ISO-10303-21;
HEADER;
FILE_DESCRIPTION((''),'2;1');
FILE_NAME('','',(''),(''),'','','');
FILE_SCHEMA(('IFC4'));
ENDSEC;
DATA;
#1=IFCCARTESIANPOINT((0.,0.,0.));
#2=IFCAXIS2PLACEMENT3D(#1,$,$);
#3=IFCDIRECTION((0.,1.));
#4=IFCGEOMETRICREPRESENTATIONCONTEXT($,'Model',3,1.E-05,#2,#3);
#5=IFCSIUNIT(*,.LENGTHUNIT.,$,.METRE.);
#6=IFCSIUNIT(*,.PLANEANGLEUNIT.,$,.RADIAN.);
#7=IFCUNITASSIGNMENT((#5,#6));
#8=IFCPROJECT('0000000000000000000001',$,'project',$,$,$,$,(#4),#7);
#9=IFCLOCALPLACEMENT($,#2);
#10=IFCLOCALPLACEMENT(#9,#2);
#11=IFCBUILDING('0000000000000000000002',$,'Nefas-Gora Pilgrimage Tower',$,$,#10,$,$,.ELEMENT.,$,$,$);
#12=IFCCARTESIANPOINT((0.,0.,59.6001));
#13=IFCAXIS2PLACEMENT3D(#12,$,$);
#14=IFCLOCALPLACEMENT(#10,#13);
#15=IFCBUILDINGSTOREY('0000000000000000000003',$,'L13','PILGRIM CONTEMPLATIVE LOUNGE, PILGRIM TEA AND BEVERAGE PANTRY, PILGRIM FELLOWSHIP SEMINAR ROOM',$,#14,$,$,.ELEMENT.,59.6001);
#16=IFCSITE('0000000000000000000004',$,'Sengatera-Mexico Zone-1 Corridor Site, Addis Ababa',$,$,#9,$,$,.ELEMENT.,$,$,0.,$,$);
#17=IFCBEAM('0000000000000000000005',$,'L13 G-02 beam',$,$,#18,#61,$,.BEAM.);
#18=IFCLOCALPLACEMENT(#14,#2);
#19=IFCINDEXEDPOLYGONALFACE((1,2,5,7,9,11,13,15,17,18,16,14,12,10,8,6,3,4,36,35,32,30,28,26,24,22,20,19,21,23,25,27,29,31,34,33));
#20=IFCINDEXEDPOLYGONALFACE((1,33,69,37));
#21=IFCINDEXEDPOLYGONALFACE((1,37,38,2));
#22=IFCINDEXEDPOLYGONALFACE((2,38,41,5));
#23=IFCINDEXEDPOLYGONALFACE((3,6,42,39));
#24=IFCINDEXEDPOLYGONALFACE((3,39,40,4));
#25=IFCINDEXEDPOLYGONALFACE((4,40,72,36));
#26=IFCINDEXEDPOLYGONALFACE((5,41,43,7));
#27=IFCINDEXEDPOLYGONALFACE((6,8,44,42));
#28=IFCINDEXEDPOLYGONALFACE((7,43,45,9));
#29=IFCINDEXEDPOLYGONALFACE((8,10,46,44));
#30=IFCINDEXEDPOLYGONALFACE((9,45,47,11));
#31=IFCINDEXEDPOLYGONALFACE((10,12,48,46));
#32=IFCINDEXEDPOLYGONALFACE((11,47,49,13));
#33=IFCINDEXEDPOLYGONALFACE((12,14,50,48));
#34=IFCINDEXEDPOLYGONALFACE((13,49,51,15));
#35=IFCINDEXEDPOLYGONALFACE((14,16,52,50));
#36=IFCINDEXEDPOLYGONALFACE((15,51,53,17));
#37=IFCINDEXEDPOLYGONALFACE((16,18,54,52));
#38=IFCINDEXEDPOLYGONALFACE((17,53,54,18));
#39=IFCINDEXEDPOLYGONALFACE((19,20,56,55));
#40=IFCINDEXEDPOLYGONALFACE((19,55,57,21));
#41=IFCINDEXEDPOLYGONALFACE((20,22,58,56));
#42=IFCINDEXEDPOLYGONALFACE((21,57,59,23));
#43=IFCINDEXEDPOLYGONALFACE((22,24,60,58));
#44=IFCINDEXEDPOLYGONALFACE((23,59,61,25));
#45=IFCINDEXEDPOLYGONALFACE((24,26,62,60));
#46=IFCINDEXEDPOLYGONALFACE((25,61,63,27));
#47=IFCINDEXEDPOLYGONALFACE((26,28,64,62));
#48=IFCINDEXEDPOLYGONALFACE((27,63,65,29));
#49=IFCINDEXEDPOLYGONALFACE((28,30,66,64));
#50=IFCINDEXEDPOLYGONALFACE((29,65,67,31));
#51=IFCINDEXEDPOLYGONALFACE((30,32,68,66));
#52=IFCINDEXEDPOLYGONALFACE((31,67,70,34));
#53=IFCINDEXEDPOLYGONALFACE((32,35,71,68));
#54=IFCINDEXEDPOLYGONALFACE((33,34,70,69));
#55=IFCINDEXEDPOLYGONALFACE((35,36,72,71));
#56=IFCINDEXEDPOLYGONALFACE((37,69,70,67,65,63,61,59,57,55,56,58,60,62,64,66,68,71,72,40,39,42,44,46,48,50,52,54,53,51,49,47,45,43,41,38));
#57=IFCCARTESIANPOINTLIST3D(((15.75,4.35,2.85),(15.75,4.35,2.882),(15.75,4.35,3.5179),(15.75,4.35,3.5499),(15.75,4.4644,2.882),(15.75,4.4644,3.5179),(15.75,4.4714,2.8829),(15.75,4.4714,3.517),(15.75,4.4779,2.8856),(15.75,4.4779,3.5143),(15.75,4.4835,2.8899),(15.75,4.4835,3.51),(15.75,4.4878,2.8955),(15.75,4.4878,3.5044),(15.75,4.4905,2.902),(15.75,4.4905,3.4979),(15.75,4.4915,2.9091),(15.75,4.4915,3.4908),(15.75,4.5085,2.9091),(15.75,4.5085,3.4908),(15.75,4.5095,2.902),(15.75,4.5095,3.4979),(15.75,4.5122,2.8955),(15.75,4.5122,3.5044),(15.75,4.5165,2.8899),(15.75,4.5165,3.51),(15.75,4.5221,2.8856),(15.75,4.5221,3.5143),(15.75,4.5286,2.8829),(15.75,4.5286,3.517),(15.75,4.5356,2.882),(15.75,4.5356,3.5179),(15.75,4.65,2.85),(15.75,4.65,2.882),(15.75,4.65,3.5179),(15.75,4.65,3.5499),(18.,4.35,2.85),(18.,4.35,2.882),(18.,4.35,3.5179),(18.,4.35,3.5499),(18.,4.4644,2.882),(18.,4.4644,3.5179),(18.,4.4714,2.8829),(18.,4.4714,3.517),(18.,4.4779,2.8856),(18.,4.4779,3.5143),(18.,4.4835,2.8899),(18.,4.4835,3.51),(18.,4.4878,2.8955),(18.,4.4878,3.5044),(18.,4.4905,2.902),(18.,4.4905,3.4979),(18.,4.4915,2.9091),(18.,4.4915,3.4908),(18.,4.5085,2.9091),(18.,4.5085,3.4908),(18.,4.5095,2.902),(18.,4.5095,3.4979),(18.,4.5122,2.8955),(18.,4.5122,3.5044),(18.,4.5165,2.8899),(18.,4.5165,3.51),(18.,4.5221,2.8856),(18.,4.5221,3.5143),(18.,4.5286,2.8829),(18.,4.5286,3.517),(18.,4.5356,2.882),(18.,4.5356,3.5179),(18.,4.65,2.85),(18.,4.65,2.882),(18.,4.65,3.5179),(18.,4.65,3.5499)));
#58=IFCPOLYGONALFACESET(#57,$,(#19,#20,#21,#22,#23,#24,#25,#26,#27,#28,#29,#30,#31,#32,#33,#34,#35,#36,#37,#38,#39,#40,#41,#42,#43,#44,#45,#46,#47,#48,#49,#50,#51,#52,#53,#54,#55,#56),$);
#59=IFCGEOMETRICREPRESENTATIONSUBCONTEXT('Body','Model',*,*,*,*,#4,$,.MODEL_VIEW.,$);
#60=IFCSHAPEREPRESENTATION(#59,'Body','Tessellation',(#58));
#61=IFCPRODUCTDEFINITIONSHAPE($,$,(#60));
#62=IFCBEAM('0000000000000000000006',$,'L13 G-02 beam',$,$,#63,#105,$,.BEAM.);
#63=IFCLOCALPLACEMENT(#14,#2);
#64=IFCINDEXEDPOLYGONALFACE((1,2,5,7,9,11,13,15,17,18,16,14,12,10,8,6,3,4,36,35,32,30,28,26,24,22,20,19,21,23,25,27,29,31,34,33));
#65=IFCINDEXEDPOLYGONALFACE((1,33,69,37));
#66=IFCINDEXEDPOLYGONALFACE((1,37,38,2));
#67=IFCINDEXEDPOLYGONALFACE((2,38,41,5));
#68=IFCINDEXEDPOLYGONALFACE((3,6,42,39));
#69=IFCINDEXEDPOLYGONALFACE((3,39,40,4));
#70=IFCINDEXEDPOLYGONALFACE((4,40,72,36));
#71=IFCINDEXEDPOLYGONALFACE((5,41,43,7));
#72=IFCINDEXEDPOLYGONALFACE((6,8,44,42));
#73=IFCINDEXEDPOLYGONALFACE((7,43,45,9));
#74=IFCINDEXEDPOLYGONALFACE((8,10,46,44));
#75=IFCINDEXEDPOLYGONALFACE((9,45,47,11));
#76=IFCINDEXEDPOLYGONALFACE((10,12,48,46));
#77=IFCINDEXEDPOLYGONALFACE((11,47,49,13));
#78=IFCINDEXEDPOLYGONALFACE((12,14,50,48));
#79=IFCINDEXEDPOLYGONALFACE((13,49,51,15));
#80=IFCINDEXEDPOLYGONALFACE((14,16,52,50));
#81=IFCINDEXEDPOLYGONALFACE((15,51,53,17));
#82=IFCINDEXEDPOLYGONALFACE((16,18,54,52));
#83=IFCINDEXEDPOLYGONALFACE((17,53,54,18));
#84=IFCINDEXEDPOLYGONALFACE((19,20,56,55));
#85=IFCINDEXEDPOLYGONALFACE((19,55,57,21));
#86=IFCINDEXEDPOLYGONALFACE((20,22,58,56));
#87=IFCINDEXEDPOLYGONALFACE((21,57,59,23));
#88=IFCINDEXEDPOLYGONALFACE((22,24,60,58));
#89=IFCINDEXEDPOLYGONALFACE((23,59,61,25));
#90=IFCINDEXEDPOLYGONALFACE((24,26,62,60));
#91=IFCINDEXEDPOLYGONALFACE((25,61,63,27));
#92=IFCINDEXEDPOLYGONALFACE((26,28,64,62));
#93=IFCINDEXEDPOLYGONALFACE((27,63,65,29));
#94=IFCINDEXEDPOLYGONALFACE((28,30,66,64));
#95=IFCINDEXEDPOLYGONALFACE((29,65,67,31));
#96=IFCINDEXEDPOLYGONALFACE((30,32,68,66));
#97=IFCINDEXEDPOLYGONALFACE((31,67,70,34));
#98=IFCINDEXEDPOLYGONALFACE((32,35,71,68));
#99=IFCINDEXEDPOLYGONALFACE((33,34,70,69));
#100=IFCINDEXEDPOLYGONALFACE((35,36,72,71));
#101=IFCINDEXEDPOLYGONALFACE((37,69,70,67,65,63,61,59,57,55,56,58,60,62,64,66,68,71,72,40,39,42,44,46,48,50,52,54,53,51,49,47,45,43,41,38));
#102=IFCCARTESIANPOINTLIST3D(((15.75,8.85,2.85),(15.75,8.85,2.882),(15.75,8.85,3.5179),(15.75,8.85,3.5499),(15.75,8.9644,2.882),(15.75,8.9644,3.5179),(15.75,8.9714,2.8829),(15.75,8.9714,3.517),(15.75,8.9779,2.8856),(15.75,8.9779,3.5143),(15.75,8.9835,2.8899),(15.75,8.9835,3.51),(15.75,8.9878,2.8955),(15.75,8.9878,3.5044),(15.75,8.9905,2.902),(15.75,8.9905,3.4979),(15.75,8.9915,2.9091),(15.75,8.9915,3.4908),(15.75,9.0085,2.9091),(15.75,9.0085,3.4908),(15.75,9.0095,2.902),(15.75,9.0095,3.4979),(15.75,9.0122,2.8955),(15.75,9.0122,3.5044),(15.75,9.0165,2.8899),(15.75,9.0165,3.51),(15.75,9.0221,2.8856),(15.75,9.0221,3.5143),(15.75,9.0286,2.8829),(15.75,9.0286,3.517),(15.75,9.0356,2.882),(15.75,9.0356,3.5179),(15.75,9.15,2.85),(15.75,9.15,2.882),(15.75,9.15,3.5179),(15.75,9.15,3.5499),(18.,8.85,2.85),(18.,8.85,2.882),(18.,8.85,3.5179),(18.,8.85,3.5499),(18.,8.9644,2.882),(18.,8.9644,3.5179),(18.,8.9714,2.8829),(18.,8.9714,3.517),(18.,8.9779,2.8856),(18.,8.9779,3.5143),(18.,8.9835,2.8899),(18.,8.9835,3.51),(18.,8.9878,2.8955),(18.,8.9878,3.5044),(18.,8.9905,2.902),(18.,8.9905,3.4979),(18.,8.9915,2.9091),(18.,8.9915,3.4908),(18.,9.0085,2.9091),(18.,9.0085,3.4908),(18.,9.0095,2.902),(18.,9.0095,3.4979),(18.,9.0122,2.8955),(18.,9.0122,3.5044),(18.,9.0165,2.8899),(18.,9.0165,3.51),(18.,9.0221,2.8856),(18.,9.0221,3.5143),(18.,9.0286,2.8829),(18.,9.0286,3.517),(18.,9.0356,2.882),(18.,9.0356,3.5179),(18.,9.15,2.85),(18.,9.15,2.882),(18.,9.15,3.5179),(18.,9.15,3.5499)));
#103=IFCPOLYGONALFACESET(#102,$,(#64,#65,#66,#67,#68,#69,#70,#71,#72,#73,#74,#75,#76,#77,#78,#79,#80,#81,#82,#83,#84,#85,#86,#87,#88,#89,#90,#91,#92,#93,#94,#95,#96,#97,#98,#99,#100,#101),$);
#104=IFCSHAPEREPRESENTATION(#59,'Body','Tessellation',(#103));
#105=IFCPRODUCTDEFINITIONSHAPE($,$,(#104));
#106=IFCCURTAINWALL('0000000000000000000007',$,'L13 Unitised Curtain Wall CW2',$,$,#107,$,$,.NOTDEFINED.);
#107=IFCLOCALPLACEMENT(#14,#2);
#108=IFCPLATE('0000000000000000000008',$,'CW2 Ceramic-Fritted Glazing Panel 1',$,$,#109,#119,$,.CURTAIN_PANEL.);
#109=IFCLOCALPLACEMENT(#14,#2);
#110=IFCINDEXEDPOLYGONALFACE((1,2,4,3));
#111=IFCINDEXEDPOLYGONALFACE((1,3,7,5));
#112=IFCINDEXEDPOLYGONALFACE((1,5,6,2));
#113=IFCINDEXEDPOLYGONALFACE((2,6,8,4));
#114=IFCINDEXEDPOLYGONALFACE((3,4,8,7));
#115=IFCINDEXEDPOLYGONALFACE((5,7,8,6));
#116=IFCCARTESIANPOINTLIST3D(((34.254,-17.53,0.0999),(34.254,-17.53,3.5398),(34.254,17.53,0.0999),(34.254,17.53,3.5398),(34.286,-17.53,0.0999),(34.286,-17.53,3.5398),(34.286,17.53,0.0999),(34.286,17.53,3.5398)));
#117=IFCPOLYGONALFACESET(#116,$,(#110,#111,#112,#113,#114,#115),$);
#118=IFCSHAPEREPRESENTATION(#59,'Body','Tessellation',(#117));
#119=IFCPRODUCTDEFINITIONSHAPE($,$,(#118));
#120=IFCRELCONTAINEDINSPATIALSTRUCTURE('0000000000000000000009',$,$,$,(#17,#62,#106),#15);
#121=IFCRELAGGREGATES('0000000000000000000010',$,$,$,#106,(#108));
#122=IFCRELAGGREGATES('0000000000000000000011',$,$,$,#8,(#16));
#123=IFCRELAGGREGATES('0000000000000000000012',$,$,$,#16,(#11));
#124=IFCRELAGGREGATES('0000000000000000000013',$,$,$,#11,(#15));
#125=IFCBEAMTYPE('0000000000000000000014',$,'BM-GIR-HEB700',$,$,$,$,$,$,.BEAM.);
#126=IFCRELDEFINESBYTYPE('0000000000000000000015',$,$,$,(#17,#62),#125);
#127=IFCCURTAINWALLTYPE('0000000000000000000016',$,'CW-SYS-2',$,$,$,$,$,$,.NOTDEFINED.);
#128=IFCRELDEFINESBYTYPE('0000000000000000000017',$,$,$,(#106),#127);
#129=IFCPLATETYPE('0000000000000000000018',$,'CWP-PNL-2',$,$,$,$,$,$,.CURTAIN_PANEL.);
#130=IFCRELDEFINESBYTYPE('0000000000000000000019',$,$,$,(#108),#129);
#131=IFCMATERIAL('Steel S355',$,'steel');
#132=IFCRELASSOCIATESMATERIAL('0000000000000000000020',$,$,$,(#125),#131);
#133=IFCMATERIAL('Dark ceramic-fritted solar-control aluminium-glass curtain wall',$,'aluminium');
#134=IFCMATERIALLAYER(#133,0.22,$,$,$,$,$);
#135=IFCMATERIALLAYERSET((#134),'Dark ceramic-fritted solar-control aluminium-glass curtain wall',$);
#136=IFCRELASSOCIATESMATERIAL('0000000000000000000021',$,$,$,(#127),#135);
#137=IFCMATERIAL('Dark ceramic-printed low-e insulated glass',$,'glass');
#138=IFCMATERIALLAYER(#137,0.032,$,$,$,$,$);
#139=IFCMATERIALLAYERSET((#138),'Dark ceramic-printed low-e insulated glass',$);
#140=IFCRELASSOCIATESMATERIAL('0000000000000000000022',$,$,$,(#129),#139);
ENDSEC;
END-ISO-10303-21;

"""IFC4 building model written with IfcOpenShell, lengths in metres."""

from ifc_helpers import new_model, si_unit, direction, frame, origin, origin_2d, place, context, subcontext, project, spatial, rectangle, i_section, extrude, source, transform, mapped, material, layer, layer_set, material_profile, profile_set, type_object, element, aggregate, save


model = new_model("IFC4")

# Units and contexts
model_context = context("Model", 3, precision=1e-05, world=origin(), true_north=direction((0.0, 1.0)))
body_context = subcontext(model_context, "Body", "Model", "MODEL_VIEW")
ifc_project = project(units=[si_unit("LENGTHUNIT", "METRE"), si_unit("PLANEANGLEUNIT", "RADIAN")], contexts=[model_context])

# Site, building, storey
site_placement = place(None, origin())
site = spatial("IfcSite", under=ifc_project, at=site_placement, Name="Sengatera-Mexico Zone-1 Corridor Site, Addis Ababa", CompositionType="ELEMENT", RefElevation=0.0)
building_placement = place(site_placement, origin())
building = spatial("IfcBuilding", under=site, at=building_placement, Name="Nefas-Gora Pilgrimage Tower", CompositionType="ELEMENT")
storey_placement = place(building_placement, frame((0.0, 0.0, 59.6001)))
storey = spatial("IfcBuildingStorey", under=building, at=storey_placement, Name="L13", Description="PILGRIM CONTEMPLATIVE LOUNGE, PILGRIM TEA AND BEVERAGE PANTRY, PILGRIM FELLOWSHIP SEMINAR ROOM", CompositionType="ELEMENT", Elevation=59.6001)

# Beams
ifc_material_1 = material(Name="Steel S355", Category="steel")
ifc_material_profile_1 = material_profile(ifc_material_1, i_section(OverallWidth=0.3, OverallDepth=0.7, WebThickness=0.0171, FlangeThickness=0.032, FilletRadius=0.0271, at=origin_2d()), Name="HEB 700")
ifc_profile_set_1 = profile_set([ifc_material_profile_1], Name="Steel S355")
beam_type_1 = type_object("IfcBeamType", Name="BM-GIR-HEB700", PredefinedType="BEAM", material=ifc_profile_set_1)
shared_shape_1 = source(origin(), body_context, "Body", "SweptSolid", [
    extrude(i_section(OverallWidth=0.3, OverallDepth=0.7, WebThickness=0.0171, FlangeThickness=0.032, FilletRadius=0.0271, at=origin_2d()), origin(), (0.0, 0.0, 1.0), 2.25),
])
for number, where, z_axis, x_axis, name in (
    (1, (15.75, 4.5, 3.2), (1.0, 0.0, 0.0), (0.0, 1.0, 0.0), "L13 G-02 beam"),
    (2, (15.75, 9.0, 3.2), (1.0, 0.0, 0.0), (0.0, 1.0, 0.0), "L13 G-02 beam"),
):
    element("IfcBeam", number, at=place(storey_placement, frame(where, z_axis=z_axis, x_axis=x_axis)), inside=storey, type_object=beam_type_1, Name=name, PredefinedType="BEAM", context=body_context, shape_type="MappedRepresentation", body=[
        mapped(shared_shape_1, transform((0.0, 0.0, 0.0), x_axis=(1.0, 0.0, 0.0), y_axis=(0.0, 1.0, 0.0), z_axis=(0.0, 0.0, 1.0), scale=1.0)),
    ])

# Curtain wall, plate
ifc_material_2 = material(Name="Dark ceramic-fritted solar-control aluminium-glass curtain wall", Category="aluminium")
ifc_layer_1 = layer(ifc_material_2, 0.22)
ifc_layer_set_1 = layer_set([ifc_layer_1], Name="Dark ceramic-fritted solar-control aluminium-glass curtain wall")
curtain_wall_type = type_object("IfcCurtainWallType", Name="CW-SYS-2", PredefinedType="NOTDEFINED", material=ifc_layer_set_1)
curtain_wall_placement = place(storey_placement, origin())
curtain_wall = element("IfcCurtainWall", 3, at=curtain_wall_placement, inside=storey, type_object=curtain_wall_type, Name="L13 Unitised Curtain Wall CW2", PredefinedType="NOTDEFINED")
ifc_material_3 = material(Name="Dark ceramic-printed low-e insulated glass", Category="glass")
ifc_layer_2 = layer(ifc_material_3, 0.032)
ifc_layer_set_2 = layer_set([ifc_layer_2], Name="Dark ceramic-printed low-e insulated glass")
plate_type = type_object("IfcPlateType", Name="CWP-PNL-2", PredefinedType="CURTAIN_PANEL", material=ifc_layer_set_2)
shared_shape_2 = source(origin(), body_context, "Body", "SweptSolid", [
    extrude(rectangle(XDim=35.0601, YDim=0.032, at=origin_2d()), origin(), (0.0, 0.0, 1.0), 3.4399),
])
plate_placement = place(storey_placement, frame((34.27, 0.0, 0.0999), z_axis=(0.0, 0.0, 1.0), x_axis=(0.0, 1.0, 0.0)))
plate = element("IfcPlate", 4, at=plate_placement, type_object=plate_type, Name="CW2 Ceramic-Fritted Glazing Panel 1", PredefinedType="CURTAIN_PANEL", context=body_context, shape_type="MappedRepresentation", body=[
    mapped(shared_shape_2, transform((0.0, 0.0, 0.0), x_axis=(1.0, 0.0, 0.0), y_axis=(0.0, 1.0, 0.0), z_axis=(0.0, 0.0, 1.0), scale=1.0)),
])
aggregate(curtain_wall, [plate])

save(model, "model.ifc")
